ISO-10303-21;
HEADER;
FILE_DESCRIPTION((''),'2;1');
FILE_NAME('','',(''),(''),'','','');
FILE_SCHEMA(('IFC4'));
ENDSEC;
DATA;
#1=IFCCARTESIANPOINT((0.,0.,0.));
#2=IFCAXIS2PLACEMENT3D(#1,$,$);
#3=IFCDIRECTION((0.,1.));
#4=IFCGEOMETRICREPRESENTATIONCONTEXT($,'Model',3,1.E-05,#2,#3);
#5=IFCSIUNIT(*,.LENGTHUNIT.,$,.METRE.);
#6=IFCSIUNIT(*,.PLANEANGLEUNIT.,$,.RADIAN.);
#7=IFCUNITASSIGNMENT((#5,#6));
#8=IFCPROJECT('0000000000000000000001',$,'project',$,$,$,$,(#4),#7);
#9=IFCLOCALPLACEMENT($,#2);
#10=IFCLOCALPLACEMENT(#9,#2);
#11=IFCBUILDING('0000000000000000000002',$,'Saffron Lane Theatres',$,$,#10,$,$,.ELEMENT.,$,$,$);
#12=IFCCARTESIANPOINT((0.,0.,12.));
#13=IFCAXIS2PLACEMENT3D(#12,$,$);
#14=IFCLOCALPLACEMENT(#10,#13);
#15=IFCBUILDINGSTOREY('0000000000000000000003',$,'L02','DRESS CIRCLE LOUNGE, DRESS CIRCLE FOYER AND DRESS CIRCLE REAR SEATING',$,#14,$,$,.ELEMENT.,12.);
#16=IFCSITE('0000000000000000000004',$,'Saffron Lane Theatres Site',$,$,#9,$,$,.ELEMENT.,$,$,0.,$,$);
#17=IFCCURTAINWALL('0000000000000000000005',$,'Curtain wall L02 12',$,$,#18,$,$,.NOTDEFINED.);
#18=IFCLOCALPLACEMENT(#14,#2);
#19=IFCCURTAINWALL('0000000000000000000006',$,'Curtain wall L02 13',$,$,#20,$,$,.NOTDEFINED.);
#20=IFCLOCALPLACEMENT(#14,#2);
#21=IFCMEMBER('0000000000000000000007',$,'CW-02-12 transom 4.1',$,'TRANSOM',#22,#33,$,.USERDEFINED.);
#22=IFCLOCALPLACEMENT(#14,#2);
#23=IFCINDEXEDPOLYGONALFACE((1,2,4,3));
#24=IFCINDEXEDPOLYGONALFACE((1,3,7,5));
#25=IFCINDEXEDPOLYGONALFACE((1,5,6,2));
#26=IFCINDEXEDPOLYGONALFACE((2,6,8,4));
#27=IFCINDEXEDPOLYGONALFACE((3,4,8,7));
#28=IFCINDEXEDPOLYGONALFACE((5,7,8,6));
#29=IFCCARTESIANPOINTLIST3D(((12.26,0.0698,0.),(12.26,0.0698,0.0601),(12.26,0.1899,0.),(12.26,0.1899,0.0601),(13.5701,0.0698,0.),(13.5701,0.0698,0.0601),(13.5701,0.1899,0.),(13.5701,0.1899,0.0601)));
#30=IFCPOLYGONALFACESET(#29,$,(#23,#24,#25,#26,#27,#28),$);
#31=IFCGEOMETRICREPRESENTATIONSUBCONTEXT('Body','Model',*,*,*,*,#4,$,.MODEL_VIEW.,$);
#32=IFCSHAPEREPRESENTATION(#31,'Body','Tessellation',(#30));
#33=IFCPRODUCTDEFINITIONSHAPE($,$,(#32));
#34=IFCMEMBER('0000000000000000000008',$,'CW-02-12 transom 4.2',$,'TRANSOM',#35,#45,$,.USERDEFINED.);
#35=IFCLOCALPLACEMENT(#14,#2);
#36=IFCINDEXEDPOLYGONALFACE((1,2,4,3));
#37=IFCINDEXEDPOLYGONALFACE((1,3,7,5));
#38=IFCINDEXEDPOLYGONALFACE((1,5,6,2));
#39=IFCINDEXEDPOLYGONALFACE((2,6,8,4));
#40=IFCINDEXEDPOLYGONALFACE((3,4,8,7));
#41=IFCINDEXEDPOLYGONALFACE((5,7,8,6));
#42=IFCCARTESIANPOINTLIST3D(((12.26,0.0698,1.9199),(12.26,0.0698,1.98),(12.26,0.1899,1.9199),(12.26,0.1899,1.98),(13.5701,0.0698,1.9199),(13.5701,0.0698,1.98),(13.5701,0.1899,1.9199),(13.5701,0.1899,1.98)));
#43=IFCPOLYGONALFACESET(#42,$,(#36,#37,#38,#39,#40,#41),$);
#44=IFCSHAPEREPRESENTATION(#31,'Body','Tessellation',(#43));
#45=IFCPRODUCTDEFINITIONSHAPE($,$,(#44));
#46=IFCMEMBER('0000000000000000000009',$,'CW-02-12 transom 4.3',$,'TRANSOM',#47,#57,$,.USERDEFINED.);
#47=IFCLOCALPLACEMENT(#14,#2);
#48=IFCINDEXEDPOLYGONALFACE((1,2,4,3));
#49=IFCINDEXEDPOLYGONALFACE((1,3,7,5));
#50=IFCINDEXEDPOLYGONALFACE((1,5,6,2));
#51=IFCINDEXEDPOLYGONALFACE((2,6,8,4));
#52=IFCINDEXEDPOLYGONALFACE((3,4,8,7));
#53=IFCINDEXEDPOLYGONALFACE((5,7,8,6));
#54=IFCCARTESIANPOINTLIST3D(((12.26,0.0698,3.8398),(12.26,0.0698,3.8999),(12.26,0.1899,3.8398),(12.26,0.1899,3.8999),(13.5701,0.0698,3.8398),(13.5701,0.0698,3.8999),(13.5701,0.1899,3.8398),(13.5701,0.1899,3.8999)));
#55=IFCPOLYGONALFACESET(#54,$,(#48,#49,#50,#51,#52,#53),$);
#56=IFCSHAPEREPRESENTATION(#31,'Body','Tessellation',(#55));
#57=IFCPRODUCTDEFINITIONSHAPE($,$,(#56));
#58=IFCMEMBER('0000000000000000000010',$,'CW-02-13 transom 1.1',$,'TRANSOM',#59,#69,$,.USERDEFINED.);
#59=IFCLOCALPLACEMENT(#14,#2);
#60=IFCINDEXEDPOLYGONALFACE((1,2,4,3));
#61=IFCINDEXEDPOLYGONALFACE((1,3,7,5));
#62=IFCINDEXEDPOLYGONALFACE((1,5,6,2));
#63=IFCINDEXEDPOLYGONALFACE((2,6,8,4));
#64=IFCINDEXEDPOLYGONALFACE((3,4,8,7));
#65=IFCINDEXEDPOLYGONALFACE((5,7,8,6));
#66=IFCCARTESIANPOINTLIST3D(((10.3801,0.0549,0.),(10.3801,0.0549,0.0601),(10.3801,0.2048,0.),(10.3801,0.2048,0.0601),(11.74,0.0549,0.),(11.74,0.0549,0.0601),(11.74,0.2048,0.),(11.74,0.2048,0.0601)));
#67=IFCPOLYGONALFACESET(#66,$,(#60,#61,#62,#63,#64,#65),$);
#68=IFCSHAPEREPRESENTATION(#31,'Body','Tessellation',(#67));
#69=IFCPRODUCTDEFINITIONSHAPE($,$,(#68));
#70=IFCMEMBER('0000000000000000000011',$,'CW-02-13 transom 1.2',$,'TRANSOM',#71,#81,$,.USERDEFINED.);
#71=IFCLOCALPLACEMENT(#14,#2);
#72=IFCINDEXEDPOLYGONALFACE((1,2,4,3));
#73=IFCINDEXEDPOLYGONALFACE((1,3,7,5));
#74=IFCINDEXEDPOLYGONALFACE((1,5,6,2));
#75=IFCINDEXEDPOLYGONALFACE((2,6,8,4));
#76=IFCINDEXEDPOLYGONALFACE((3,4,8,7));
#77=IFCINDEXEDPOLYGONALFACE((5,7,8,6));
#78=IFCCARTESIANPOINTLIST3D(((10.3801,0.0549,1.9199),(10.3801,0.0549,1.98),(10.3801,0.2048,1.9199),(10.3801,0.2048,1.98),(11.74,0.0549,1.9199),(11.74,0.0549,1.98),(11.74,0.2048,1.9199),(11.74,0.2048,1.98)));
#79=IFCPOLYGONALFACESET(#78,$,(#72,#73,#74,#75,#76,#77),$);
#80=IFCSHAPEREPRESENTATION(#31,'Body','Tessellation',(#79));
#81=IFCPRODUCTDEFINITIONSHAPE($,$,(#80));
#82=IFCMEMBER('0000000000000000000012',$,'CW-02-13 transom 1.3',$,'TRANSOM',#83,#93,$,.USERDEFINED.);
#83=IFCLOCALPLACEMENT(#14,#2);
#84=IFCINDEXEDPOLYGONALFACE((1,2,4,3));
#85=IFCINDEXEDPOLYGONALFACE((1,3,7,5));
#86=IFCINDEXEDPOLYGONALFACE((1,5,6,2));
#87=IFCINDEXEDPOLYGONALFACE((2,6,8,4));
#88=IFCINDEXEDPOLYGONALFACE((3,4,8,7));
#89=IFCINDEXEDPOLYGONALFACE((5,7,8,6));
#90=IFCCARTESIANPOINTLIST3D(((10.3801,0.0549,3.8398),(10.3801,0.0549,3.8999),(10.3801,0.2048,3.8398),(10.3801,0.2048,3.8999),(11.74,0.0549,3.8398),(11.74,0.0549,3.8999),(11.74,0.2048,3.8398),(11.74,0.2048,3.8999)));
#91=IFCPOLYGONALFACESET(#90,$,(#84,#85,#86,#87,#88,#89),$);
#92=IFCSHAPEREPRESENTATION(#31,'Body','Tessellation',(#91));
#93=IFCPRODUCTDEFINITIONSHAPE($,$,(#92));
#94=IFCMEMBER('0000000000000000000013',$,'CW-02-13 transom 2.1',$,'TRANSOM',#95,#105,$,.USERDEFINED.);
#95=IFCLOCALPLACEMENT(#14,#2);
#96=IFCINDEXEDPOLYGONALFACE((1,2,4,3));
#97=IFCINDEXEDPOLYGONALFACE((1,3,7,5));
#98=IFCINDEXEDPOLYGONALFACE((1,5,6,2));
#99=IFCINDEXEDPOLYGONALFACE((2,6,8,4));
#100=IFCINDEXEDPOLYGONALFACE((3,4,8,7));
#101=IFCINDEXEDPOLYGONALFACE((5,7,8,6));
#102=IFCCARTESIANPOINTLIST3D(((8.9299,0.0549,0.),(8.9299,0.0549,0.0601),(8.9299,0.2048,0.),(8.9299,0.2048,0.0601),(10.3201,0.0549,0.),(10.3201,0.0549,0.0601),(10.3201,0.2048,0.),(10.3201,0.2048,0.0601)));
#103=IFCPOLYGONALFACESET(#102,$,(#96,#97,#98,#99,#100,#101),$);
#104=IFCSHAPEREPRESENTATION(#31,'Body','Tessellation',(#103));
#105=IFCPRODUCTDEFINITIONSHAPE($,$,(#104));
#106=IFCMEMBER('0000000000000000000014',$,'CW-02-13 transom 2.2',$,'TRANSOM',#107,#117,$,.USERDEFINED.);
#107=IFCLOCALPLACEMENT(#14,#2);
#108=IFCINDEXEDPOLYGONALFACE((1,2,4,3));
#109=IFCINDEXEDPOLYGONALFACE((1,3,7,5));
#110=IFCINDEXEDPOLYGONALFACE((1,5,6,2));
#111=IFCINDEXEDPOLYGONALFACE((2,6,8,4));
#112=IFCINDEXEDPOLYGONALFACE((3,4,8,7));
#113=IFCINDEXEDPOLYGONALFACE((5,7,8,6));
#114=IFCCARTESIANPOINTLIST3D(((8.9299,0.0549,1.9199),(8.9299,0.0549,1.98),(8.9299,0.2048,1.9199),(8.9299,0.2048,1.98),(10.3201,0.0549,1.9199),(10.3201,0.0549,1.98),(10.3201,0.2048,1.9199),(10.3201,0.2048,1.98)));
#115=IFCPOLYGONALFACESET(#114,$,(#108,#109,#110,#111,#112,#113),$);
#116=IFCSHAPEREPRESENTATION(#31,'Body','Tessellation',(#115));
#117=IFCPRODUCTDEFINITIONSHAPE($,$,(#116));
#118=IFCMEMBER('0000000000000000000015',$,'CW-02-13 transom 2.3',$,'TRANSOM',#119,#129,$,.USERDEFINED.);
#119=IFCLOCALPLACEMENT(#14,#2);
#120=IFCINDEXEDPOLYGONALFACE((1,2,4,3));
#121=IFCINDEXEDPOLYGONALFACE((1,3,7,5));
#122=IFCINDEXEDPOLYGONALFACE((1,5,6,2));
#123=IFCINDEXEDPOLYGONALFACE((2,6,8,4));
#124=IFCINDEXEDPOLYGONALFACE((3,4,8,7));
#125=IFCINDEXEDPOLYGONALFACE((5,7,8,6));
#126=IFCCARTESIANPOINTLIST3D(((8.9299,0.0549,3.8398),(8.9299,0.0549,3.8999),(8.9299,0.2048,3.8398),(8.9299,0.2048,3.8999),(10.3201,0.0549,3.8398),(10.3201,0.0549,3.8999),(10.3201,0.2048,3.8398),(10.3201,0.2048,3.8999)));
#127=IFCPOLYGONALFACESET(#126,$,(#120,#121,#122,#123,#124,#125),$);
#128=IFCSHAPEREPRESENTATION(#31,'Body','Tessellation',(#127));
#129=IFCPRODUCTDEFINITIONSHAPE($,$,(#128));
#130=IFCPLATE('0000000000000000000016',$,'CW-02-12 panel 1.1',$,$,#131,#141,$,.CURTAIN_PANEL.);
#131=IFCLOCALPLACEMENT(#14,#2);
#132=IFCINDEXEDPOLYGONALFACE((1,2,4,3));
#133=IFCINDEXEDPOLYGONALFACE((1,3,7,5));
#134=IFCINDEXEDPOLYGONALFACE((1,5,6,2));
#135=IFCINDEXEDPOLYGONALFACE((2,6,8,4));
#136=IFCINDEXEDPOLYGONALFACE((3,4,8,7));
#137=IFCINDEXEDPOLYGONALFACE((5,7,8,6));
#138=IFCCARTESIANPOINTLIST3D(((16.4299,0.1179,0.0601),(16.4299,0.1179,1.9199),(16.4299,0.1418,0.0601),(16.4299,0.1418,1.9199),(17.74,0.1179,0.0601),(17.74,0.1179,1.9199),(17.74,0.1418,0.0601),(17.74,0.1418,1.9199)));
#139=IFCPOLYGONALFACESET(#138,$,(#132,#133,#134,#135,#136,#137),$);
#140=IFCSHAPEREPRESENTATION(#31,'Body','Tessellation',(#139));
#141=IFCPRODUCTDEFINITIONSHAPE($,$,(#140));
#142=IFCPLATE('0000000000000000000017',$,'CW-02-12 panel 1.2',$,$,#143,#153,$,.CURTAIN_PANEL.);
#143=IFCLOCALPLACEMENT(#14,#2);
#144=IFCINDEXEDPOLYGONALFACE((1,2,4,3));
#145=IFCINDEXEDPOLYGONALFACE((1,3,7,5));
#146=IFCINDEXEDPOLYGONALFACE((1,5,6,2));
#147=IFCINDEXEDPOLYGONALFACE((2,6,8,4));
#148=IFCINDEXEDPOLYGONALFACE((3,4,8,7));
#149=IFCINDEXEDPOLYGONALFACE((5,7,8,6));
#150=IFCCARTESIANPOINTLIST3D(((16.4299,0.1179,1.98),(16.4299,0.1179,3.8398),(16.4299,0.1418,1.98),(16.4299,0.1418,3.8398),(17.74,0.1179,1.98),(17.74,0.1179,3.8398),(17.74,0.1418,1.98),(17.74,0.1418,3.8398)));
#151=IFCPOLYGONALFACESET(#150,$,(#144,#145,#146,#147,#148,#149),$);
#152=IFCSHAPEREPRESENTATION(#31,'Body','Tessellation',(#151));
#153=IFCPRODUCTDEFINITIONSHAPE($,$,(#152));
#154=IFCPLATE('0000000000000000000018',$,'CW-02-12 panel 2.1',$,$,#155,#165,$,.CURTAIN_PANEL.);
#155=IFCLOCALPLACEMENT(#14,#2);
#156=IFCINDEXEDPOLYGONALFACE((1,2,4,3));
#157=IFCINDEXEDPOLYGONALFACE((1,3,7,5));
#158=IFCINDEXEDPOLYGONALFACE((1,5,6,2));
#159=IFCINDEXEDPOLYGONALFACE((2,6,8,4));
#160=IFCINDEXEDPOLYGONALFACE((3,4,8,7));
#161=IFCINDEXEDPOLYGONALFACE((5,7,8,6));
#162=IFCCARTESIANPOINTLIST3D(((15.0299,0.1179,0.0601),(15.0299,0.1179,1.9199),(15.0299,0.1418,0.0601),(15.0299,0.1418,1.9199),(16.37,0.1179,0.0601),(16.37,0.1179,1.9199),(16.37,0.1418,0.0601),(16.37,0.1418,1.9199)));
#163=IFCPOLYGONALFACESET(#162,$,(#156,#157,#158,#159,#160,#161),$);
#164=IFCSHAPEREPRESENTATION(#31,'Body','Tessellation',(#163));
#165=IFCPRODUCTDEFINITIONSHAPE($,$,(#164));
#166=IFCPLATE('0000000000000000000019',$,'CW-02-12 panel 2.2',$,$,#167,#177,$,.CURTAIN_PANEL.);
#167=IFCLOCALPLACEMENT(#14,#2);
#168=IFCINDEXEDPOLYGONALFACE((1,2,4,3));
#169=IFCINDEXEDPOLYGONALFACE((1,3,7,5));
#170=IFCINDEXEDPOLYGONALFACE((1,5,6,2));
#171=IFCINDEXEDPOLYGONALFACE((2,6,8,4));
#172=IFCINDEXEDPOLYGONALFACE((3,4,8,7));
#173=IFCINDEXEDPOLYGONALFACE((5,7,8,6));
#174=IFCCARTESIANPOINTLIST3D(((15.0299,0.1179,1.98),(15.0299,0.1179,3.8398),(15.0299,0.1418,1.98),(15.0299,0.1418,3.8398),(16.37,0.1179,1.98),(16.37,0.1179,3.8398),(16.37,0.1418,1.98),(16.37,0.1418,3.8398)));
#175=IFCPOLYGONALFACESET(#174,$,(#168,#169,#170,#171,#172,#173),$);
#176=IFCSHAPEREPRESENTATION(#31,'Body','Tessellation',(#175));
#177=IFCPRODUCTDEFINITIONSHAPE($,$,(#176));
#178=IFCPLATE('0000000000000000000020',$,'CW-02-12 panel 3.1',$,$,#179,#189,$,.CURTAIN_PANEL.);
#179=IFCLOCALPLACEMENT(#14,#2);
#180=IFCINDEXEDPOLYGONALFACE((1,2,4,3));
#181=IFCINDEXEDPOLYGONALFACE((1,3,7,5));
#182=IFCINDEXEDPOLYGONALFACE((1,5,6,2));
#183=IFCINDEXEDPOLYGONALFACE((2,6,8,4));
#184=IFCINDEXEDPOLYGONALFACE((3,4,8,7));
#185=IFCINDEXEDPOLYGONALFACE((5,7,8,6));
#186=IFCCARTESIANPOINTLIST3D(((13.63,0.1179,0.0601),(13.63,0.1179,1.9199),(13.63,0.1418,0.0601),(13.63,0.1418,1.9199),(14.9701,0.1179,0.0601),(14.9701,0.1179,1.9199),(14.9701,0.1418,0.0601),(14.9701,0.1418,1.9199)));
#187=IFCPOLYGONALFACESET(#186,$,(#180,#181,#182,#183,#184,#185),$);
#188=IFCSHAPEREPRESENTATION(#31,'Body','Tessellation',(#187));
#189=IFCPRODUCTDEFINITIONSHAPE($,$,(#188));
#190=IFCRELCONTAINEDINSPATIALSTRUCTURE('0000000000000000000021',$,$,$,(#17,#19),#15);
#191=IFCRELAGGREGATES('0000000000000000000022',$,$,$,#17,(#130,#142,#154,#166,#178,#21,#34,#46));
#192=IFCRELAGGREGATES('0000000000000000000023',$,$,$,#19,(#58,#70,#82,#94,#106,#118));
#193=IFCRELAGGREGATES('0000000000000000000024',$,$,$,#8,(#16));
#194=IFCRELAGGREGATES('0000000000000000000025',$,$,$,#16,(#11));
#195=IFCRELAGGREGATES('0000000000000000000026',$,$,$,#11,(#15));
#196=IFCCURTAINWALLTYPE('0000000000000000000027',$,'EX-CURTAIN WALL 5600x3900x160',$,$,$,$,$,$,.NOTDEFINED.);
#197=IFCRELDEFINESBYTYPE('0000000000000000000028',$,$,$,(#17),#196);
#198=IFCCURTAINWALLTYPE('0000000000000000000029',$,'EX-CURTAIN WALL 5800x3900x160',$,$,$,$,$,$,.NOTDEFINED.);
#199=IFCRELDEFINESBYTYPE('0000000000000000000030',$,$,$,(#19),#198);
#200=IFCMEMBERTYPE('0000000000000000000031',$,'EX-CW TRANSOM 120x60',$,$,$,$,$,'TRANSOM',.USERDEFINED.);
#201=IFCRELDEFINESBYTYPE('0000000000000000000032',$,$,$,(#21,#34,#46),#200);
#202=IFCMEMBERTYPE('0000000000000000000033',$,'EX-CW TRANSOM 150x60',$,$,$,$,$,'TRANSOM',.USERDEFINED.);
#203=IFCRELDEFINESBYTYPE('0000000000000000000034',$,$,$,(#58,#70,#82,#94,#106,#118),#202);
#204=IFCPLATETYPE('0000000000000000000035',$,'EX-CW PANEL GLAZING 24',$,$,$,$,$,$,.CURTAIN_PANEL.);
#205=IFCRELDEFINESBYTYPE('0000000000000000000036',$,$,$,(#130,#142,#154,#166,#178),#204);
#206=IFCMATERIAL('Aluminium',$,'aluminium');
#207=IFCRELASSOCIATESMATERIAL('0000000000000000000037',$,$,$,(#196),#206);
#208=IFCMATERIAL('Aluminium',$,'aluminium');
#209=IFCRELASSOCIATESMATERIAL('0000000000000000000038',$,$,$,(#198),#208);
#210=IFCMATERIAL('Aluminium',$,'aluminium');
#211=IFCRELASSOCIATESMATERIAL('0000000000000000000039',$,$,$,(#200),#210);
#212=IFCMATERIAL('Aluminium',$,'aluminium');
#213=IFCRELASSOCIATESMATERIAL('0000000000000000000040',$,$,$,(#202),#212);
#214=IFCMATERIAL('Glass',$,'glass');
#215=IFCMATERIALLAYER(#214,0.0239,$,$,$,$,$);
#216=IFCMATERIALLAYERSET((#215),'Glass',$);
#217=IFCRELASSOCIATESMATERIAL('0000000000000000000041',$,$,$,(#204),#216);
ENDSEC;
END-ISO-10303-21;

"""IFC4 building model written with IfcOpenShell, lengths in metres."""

from ifc_helpers import new_model, si_unit, direction, frame, origin, origin_2d, place, context, subcontext, project, spatial, rectangle, extrude, material, layer, layer_set, material_profile, profile_set, type_object, element, aggregate, save


model = new_model("IFC4")

# Units and contexts
model_context = context("Model", 3, precision=1e-05, world=origin(), true_north=direction((0.0, 1.0)))
body_context = subcontext(model_context, "Body", "Model", "MODEL_VIEW")
ifc_project = project(units=[si_unit("LENGTHUNIT", "METRE"), si_unit("PLANEANGLEUNIT", "RADIAN")], contexts=[model_context])

# Site, building, storey
site_placement = place(None, origin())
site = spatial("IfcSite", under=ifc_project, at=site_placement, Name="Saffron Lane Theatres Site", CompositionType="ELEMENT", RefElevation=0.0)
building_placement = place(site_placement, origin())
building = spatial("IfcBuilding", under=site, at=building_placement, Name="Saffron Lane Theatres", CompositionType="ELEMENT")
storey_placement = place(building_placement, frame((0.0, 0.0, 12.0)))
storey = spatial("IfcBuildingStorey", under=building, at=storey_placement, Name="L02", Description="DRESS CIRCLE LOUNGE, DRESS CIRCLE FOYER AND DRESS CIRCLE REAR SEATING", CompositionType="ELEMENT", Elevation=12.0)

# Curtain walls
ifc_material_1 = material(Name="Aluminium", Category="aluminium")
curtain_wall_type_1 = type_object("IfcCurtainWallType", Name="EX-CURTAIN WALL 5600x3900x160", PredefinedType="NOTDEFINED", material=ifc_material_1)
curtain_wall_1_placement = place(storey_placement, origin())
curtain_wall_1 = element("IfcCurtainWall", 1, at=curtain_wall_1_placement, inside=storey, type_object=curtain_wall_type_1, Name="Curtain wall L02 12", PredefinedType="NOTDEFINED")
ifc_material_2 = material(Name="Aluminium", Category="aluminium")
curtain_wall_type_2 = type_object("IfcCurtainWallType", Name="EX-CURTAIN WALL 5800x3900x160", PredefinedType="NOTDEFINED", material=ifc_material_2)
curtain_wall_2_placement = place(storey_placement, origin())
curtain_wall_2 = element("IfcCurtainWall", 2, at=curtain_wall_2_placement, inside=storey, type_object=curtain_wall_type_2, Name="Curtain wall L02 13", PredefinedType="NOTDEFINED")

# Members
ifc_material_3 = material(Name="Aluminium", Category="aluminium")
ifc_material_profile_1 = material_profile(ifc_material_3, rectangle(XDim=0.1201, YDim=0.0601, at=origin_2d()))
ifc_profile_set_1 = profile_set([ifc_material_profile_1], Name="Aluminium")
member_type_1 = type_object("IfcMemberType", Name="EX-CW TRANSOM 120x60", ElementType="TRANSOM", PredefinedType="USERDEFINED", material=ifc_profile_set_1)
member_1_placement = place(storey_placement, frame((13.5701, 0.1299, 0.03), z_axis=(-1.0, 0.0, 0.0), x_axis=(0.0, -1.0, 0.0)))
member_1 = element("IfcMember", 3, at=member_1_placement, type_object=member_type_1, Name="CW-02-12 transom 4.1", ObjectType="TRANSOM", PredefinedType="USERDEFINED", context=body_context, shape_type="SweptSolid", body=[
    extrude(rectangle(XDim=0.1201, YDim=0.0601, at=origin_2d()), origin(), (0.0, 0.0, 1.0), 1.3101),
])
member_2_placement = place(storey_placement, frame((13.5701, 0.1299, 1.95), z_axis=(-1.0, 0.0, 0.0), x_axis=(0.0, -1.0, 0.0)))
member_2 = element("IfcMember", 4, at=member_2_placement, type_object=member_type_1, Name="CW-02-12 transom 4.2", ObjectType="TRANSOM", PredefinedType="USERDEFINED", context=body_context, shape_type="SweptSolid", body=[
    extrude(rectangle(XDim=0.1201, YDim=0.0601, at=origin_2d()), origin(), (0.0, 0.0, 1.0), 1.3101),
])
member_3_placement = place(storey_placement, frame((13.5701, 0.1299, 3.8699), z_axis=(-1.0, 0.0, 0.0), x_axis=(0.0, -1.0, 0.0)))
member_3 = element("IfcMember", 5, at=member_3_placement, type_object=member_type_1, Name="CW-02-12 transom 4.3", ObjectType="TRANSOM", PredefinedType="USERDEFINED", context=body_context, shape_type="SweptSolid", body=[
    extrude(rectangle(XDim=0.1201, YDim=0.0601, at=origin_2d()), origin(), (0.0, 0.0, 1.0), 1.3101),
])
ifc_material_4 = material(Name="Aluminium", Category="aluminium")
ifc_material_profile_2 = material_profile(ifc_material_4, rectangle(XDim=0.1499, YDim=0.0601, at=origin_2d()))
ifc_profile_set_2 = profile_set([ifc_material_profile_2], Name="Aluminium")
member_type_2 = type_object("IfcMemberType", Name="EX-CW TRANSOM 150x60", ElementType="TRANSOM", PredefinedType="USERDEFINED", material=ifc_profile_set_2)
member_4_placement = place(storey_placement, frame((11.74, 0.1299, 0.03), z_axis=(-1.0, 0.0, 0.0), x_axis=(0.0, -1.0, 0.0)))
member_4 = element("IfcMember", 6, at=member_4_placement, type_object=member_type_2, Name="CW-02-13 transom 1.1", ObjectType="TRANSOM", PredefinedType="USERDEFINED", context=body_context, shape_type="SweptSolid", body=[
    extrude(rectangle(XDim=0.1499, YDim=0.0601, at=origin_2d()), origin(), (0.0, 0.0, 1.0), 1.3599),
])
member_5_placement = place(storey_placement, frame((11.74, 0.1299, 1.95), z_axis=(-1.0, 0.0, 0.0), x_axis=(0.0, -1.0, 0.0)))
member_5 = element("IfcMember", 7, at=member_5_placement, type_object=member_type_2, Name="CW-02-13 transom 1.2", ObjectType="TRANSOM", PredefinedType="USERDEFINED", context=body_context, shape_type="SweptSolid", body=[
    extrude(rectangle(XDim=0.1499, YDim=0.0601, at=origin_2d()), origin(), (0.0, 0.0, 1.0), 1.3599),
])
member_6_placement = place(storey_placement, frame((11.74, 0.1299, 3.8699), z_axis=(-1.0, 0.0, 0.0), x_axis=(0.0, -1.0, 0.0)))
member_6 = element("IfcMember", 8, at=member_6_placement, type_object=member_type_2, Name="CW-02-13 transom 1.3", ObjectType="TRANSOM", PredefinedType="USERDEFINED", context=body_context, shape_type="SweptSolid", body=[
    extrude(rectangle(XDim=0.1499, YDim=0.0601, at=origin_2d()), origin(), (0.0, 0.0, 1.0), 1.3599),
])
member_7_placement = place(storey_placement, frame((10.3201, 0.1299, 0.03), z_axis=(-1.0, 0.0, 0.0), x_axis=(0.0, -1.0, 0.0)))
member_7 = element("IfcMember", 9, at=member_7_placement, type_object=member_type_2, Name="CW-02-13 transom 2.1", ObjectType="TRANSOM", PredefinedType="USERDEFINED", context=body_context, shape_type="SweptSolid", body=[
    extrude(rectangle(XDim=0.1499, YDim=0.0601, at=origin_2d()), origin(), (0.0, 0.0, 1.0), 1.3901),
])
member_8_placement = place(storey_placement, frame((10.3201, 0.1299, 1.95), z_axis=(-1.0, 0.0, 0.0), x_axis=(0.0, -1.0, 0.0)))
member_8 = element("IfcMember", 10, at=member_8_placement, type_object=member_type_2, Name="CW-02-13 transom 2.2", ObjectType="TRANSOM", PredefinedType="USERDEFINED", context=body_context, shape_type="SweptSolid", body=[
    extrude(rectangle(XDim=0.1499, YDim=0.0601, at=origin_2d()), origin(), (0.0, 0.0, 1.0), 1.3901),
])
member_9_placement = place(storey_placement, frame((10.3201, 0.1299, 3.8699), z_axis=(-1.0, 0.0, 0.0), x_axis=(0.0, -1.0, 0.0)))
member_9 = element("IfcMember", 11, at=member_9_placement, type_object=member_type_2, Name="CW-02-13 transom 2.3", ObjectType="TRANSOM", PredefinedType="USERDEFINED", context=body_context, shape_type="SweptSolid", body=[
    extrude(rectangle(XDim=0.1499, YDim=0.0601, at=origin_2d()), origin(), (0.0, 0.0, 1.0), 1.3901),
])

# Plates
ifc_material_5 = material(Name="Glass", Category="glass")
ifc_layer = layer(ifc_material_5, 0.0239)
ifc_layer_set = layer_set([ifc_layer], Name="Glass")
plate_type = type_object("IfcPlateType", Name="EX-CW PANEL GLAZING 24", PredefinedType="CURTAIN_PANEL", material=ifc_layer_set)
plate_1_placement = place(storey_placement, frame((17.085, 0.1299, 0.0601), z_axis=(0.0, 0.0, 1.0), x_axis=(-1.0, 0.0, 0.0)))
plate_1 = element("IfcPlate", 12, at=plate_1_placement, type_object=plate_type, Name="CW-02-12 panel 1.1", PredefinedType="CURTAIN_PANEL", context=body_context, shape_type="SweptSolid", body=[
    extrude(rectangle(XDim=1.3101, YDim=0.0239, at=origin_2d()), origin(), (0.0, 0.0, 1.0), 1.8599),
])
plate_2_placement = place(storey_placement, frame((17.085, 0.1299, 1.98), z_axis=(0.0, 0.0, 1.0), x_axis=(-1.0, 0.0, 0.0)))
plate_2 = element("IfcPlate", 13, at=plate_2_placement, type_object=plate_type, Name="CW-02-12 panel 1.2", PredefinedType="CURTAIN_PANEL", context=body_context, shape_type="SweptSolid", body=[
    extrude(rectangle(XDim=1.3101, YDim=0.0239, at=origin_2d()), origin(), (0.0, 0.0, 1.0), 1.8599),
])
plate_3_placement = place(storey_placement, frame((15.7, 0.1299, 0.0601), z_axis=(0.0, 0.0, 1.0), x_axis=(-1.0, 0.0, 0.0)))
plate_3 = element("IfcPlate", 14, at=plate_3_placement, type_object=plate_type, Name="CW-02-12 panel 2.1", PredefinedType="CURTAIN_PANEL", context=body_context, shape_type="SweptSolid", body=[
    extrude(rectangle(XDim=1.3401, YDim=0.0239, at=origin_2d()), origin(), (0.0, 0.0, 1.0), 1.8599),
])
plate_4_placement = place(storey_placement, frame((15.7, 0.1299, 1.98), z_axis=(0.0, 0.0, 1.0), x_axis=(-1.0, 0.0, 0.0)))
plate_4 = element("IfcPlate", 15, at=plate_4_placement, type_object=plate_type, Name="CW-02-12 panel 2.2", PredefinedType="CURTAIN_PANEL", context=body_context, shape_type="SweptSolid", body=[
    extrude(rectangle(XDim=1.3401, YDim=0.0239, at=origin_2d()), origin(), (0.0, 0.0, 1.0), 1.8599),
])
plate_5_placement = place(storey_placement, frame((14.3, 0.1299, 0.0601), z_axis=(0.0, 0.0, 1.0), x_axis=(-1.0, 0.0, 0.0)))
plate_5 = element("IfcPlate", 16, at=plate_5_placement, type_object=plate_type, Name="CW-02-12 panel 3.1", PredefinedType="CURTAIN_PANEL", context=body_context, shape_type="SweptSolid", body=[
    extrude(rectangle(XDim=1.3401, YDim=0.0239, at=origin_2d()), origin(), (0.0, 0.0, 1.0), 1.8599),
])
aggregate(curtain_wall_1, [plate_1, plate_2, plate_3, plate_4, plate_5, member_1, member_2, member_3])
aggregate(curtain_wall_2, [member_4, member_5, member_6, member_7, member_8, member_9])

save(model, "model.ifc")
